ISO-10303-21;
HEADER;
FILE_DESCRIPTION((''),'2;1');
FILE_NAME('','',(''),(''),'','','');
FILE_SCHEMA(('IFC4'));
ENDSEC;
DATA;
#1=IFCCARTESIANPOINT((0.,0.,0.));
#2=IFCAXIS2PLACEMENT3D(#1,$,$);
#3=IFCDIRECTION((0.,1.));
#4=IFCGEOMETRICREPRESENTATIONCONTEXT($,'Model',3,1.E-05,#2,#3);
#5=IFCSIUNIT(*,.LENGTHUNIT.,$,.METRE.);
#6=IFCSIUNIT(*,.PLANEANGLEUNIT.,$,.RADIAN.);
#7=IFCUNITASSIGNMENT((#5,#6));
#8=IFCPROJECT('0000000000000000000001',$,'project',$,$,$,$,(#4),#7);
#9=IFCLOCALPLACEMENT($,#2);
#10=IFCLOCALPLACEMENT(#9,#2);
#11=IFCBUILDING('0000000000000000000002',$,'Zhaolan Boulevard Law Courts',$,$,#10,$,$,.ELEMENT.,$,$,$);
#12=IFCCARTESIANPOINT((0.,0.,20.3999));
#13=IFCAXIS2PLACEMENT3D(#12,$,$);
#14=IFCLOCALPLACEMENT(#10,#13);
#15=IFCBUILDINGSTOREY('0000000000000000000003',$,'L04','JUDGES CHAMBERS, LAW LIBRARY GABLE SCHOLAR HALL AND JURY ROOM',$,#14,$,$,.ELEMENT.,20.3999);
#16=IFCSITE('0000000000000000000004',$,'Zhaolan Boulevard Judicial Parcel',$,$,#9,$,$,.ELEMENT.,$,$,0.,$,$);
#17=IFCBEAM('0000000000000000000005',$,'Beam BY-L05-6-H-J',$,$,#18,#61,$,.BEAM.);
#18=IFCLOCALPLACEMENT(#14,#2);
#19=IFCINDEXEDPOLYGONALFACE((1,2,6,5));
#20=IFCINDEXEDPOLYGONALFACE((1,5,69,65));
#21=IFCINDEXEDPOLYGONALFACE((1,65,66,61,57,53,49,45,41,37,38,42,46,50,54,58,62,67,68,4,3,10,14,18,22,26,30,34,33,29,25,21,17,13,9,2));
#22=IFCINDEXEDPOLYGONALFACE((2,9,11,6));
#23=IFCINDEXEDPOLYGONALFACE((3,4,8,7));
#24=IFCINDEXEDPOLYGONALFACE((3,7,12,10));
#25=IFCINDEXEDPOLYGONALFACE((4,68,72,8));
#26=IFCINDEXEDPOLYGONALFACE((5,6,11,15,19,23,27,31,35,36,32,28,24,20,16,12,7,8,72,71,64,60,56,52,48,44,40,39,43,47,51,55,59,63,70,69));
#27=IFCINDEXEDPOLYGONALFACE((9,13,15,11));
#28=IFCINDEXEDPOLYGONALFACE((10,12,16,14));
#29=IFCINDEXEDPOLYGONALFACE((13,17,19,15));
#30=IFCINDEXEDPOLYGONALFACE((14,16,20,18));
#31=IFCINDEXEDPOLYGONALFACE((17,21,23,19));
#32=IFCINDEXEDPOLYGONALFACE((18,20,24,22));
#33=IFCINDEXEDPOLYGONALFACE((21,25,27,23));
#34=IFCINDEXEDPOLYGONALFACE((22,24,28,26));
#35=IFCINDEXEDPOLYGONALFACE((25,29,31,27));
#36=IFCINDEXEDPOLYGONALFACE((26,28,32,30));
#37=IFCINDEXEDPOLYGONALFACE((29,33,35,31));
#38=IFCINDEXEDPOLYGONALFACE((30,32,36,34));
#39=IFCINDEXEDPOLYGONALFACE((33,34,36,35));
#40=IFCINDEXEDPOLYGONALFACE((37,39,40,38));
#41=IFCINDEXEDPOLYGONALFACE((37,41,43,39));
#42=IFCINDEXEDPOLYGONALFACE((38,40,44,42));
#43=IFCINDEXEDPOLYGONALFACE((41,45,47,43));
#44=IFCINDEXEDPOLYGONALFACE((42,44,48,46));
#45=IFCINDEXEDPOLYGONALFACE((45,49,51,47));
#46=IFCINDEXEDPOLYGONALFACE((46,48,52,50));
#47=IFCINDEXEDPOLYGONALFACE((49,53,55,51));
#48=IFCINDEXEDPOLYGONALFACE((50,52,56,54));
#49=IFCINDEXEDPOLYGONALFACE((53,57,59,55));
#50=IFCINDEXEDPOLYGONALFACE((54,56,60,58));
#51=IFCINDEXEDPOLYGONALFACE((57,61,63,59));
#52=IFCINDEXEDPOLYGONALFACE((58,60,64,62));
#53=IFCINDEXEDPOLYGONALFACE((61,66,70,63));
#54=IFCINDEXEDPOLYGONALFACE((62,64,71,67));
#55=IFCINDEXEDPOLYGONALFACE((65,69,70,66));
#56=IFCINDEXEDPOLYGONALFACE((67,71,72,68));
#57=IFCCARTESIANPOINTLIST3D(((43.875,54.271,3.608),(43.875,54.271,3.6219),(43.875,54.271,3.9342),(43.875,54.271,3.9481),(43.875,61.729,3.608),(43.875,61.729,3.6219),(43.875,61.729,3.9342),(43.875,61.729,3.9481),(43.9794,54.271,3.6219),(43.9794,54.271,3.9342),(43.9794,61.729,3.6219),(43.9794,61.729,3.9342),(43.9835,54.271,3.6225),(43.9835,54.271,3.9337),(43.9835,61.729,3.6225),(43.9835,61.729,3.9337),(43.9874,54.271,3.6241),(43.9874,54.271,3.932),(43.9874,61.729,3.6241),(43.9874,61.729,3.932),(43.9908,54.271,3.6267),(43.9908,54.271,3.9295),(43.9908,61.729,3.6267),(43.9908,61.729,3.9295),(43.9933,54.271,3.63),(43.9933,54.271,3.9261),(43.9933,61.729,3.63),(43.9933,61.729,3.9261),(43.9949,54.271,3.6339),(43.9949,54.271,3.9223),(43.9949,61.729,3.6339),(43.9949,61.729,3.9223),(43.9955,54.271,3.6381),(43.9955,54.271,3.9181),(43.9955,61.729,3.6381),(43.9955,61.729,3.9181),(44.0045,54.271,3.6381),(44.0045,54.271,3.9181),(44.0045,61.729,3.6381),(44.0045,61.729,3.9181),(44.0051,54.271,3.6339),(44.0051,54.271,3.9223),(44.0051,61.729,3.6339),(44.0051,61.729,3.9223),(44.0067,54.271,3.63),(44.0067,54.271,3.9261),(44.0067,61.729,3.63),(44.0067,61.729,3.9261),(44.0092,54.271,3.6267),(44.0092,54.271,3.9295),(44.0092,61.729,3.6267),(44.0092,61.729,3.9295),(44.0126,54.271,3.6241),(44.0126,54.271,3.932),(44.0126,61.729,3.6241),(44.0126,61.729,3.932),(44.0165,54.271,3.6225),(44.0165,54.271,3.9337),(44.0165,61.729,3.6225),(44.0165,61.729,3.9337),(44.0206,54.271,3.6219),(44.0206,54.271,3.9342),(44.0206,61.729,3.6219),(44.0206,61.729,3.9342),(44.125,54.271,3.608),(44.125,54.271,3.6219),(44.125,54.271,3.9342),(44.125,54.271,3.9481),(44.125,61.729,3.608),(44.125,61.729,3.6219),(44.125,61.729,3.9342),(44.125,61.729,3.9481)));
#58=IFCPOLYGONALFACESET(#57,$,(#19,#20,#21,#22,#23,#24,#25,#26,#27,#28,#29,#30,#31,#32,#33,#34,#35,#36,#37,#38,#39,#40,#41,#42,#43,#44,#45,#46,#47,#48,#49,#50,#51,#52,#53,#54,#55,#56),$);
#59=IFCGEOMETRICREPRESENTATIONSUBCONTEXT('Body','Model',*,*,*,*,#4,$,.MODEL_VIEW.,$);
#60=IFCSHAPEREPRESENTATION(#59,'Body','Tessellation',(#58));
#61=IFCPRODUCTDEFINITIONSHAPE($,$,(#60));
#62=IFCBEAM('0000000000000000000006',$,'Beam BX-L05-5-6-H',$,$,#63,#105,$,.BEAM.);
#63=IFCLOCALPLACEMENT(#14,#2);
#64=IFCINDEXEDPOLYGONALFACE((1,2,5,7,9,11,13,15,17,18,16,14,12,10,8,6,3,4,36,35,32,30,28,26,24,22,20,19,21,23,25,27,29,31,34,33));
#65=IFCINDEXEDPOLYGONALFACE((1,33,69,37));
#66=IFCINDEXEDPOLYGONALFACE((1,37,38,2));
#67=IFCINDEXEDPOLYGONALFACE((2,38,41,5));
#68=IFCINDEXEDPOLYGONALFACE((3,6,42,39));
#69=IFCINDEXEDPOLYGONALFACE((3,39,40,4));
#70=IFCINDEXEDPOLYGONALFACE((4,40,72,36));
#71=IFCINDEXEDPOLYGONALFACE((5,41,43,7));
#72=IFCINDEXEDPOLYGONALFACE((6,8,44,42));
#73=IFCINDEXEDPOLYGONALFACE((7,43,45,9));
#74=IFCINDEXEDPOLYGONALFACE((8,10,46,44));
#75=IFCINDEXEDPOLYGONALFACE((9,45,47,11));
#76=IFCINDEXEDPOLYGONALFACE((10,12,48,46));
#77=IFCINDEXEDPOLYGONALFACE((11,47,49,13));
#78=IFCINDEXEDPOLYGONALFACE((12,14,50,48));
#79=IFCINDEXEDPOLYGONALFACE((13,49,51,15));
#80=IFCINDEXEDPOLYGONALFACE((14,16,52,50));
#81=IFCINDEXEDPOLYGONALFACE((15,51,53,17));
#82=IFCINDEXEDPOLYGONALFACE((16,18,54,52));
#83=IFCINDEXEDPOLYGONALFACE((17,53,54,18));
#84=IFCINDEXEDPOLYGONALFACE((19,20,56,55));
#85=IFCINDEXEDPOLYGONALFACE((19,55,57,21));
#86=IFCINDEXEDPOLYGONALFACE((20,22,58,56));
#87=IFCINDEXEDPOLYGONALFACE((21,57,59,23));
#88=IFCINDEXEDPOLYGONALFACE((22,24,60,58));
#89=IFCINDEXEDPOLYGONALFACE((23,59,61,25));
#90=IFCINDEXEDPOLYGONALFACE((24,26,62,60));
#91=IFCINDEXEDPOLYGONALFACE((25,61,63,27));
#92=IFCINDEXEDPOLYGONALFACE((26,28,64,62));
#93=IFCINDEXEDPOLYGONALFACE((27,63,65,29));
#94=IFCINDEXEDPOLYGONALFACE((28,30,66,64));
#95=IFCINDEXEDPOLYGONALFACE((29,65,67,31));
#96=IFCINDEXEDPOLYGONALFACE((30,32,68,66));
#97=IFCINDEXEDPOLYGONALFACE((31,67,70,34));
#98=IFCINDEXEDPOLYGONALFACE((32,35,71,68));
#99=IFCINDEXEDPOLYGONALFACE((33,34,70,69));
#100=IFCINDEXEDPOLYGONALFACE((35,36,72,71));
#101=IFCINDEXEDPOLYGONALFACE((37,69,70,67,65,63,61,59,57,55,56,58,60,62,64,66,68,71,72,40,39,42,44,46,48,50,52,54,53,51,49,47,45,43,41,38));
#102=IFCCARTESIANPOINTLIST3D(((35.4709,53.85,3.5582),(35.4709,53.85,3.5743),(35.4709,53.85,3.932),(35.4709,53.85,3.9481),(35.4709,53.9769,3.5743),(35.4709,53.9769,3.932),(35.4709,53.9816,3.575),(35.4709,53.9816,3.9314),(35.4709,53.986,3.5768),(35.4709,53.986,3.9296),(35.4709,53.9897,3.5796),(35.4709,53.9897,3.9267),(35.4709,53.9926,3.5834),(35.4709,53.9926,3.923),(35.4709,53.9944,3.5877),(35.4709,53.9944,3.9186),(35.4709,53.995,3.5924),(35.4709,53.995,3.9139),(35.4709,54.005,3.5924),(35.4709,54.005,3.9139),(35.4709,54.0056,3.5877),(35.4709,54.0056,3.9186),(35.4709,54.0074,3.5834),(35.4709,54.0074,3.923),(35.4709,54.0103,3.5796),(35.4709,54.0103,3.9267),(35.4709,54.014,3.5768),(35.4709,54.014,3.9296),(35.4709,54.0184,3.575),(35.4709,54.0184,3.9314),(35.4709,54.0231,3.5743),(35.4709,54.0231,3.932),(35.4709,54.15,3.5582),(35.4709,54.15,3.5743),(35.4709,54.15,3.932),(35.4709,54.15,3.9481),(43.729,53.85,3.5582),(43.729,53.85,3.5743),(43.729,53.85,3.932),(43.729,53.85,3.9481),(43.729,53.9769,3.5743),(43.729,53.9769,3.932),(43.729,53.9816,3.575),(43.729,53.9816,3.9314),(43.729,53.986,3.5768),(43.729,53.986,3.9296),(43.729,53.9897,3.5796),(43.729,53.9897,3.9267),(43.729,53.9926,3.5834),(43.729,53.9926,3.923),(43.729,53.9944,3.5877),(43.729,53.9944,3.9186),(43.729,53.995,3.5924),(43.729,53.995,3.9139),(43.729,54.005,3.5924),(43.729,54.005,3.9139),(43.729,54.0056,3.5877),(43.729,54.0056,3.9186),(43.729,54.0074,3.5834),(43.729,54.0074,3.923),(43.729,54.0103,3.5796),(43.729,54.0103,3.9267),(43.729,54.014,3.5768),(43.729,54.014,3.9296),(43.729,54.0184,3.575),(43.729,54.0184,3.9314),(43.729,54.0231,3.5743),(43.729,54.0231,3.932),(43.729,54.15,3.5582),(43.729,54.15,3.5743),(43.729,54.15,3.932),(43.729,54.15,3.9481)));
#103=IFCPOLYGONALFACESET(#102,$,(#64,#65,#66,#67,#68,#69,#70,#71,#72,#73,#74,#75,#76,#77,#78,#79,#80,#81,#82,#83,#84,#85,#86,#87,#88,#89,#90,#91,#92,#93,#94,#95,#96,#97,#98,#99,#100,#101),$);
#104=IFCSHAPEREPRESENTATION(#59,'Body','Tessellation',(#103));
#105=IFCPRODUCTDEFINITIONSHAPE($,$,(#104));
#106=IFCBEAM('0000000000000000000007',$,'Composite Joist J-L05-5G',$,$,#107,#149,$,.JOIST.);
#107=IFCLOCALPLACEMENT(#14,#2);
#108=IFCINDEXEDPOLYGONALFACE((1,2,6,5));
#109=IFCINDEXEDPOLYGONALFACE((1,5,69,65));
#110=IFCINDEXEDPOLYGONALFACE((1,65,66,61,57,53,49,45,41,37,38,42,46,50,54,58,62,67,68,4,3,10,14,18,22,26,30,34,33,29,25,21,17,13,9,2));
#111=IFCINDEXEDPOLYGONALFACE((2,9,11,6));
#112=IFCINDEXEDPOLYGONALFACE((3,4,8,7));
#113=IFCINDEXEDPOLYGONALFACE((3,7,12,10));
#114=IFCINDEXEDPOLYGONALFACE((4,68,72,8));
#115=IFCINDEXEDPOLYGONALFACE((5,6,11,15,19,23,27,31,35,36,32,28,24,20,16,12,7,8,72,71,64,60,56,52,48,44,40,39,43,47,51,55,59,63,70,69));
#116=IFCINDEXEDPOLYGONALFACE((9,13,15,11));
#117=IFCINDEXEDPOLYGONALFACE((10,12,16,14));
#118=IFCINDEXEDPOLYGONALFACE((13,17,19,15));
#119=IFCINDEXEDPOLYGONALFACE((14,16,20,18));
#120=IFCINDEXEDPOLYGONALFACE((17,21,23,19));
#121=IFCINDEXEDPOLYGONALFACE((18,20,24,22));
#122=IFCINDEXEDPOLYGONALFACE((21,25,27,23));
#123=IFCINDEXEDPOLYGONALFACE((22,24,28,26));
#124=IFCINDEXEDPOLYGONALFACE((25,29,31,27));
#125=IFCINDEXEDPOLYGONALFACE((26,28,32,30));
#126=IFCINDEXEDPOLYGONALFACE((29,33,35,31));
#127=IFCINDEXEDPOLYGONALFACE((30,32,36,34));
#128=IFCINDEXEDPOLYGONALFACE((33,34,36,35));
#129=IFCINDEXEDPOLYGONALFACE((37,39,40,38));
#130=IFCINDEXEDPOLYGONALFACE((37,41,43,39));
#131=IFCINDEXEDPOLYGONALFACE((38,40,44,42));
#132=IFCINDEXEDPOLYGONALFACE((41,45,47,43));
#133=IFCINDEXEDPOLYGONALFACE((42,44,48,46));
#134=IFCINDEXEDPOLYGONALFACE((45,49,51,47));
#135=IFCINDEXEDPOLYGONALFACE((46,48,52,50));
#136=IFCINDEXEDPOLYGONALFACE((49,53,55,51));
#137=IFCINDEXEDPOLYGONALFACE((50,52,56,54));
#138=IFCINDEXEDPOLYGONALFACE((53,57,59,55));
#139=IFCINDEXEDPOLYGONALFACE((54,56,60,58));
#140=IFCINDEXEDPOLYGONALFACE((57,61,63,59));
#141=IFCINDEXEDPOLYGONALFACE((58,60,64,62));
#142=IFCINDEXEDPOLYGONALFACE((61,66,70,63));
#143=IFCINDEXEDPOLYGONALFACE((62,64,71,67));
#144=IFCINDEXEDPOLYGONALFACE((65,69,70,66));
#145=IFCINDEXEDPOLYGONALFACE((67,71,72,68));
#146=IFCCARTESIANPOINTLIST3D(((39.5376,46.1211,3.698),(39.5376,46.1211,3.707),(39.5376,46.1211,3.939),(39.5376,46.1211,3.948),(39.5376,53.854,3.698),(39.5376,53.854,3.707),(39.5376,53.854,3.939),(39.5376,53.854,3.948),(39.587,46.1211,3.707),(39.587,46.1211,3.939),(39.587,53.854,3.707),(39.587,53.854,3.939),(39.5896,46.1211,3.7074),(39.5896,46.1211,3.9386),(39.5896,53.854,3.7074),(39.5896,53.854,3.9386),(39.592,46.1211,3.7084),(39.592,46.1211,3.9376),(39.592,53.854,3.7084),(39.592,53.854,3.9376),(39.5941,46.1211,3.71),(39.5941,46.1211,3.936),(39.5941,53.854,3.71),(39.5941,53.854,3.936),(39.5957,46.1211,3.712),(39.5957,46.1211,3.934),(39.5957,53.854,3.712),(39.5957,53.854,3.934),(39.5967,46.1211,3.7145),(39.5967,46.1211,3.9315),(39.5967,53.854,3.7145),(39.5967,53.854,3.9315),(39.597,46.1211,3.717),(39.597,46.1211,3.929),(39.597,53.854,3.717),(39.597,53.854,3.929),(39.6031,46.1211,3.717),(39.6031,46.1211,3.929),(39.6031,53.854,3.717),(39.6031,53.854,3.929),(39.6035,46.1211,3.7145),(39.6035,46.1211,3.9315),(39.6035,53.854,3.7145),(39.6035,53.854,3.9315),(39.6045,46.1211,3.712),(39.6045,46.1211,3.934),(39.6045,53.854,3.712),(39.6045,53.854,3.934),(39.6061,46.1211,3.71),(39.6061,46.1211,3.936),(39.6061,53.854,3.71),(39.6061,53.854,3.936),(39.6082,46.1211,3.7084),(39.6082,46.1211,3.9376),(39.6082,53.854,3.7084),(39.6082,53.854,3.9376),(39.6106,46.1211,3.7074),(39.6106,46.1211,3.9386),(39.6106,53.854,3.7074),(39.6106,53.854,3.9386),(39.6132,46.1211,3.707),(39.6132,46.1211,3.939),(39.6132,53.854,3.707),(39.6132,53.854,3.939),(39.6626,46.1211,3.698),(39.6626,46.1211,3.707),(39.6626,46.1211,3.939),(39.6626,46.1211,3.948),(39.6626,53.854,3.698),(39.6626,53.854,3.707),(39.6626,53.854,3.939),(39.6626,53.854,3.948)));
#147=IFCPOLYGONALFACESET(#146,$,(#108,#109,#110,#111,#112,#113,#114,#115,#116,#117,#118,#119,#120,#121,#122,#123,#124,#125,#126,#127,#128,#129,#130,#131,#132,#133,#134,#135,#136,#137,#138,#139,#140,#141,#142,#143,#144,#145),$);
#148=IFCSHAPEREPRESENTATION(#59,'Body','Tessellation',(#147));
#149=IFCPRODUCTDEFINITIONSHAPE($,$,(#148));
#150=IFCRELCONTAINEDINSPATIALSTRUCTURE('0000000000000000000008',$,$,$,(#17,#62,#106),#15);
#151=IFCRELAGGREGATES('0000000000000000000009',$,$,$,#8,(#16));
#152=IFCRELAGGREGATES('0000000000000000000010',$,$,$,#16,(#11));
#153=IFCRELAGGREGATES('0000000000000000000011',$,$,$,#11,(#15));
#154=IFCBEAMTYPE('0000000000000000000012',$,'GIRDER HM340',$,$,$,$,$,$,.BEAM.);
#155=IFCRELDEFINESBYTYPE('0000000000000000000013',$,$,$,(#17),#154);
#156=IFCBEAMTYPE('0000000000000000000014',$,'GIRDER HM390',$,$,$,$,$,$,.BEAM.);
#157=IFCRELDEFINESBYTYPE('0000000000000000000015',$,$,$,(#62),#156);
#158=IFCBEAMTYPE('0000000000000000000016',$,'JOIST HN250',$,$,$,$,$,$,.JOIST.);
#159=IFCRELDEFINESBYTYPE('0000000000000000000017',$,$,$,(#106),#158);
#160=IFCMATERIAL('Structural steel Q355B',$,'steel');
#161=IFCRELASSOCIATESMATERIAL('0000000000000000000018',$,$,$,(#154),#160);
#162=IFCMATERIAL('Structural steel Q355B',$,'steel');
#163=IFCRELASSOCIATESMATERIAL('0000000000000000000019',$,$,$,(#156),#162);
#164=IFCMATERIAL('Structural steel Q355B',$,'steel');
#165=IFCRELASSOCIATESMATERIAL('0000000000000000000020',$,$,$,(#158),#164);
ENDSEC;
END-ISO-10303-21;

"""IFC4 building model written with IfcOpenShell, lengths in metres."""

from ifc_helpers import new_model, si_unit, direction, frame, origin, origin_2d, place, context, subcontext, project, spatial, i_section, extrude, material, material_profile, profile_set, type_object, element, save


model = new_model("IFC4")

# Units and contexts
model_context = context("Model", 3, precision=1e-05, world=origin(), true_north=direction((0.0, 1.0)))
body_context = subcontext(model_context, "Body", "Model", "MODEL_VIEW")
ifc_project = project(units=[si_unit("LENGTHUNIT", "METRE"), si_unit("PLANEANGLEUNIT", "RADIAN")], contexts=[model_context])

# Site, building, storey
site_placement = place(None, origin())
site = spatial("IfcSite", under=ifc_project, at=site_placement, Name="Zhaolan Boulevard Judicial Parcel", CompositionType="ELEMENT", RefElevation=0.0)
building_placement = place(site_placement, origin())
building = spatial("IfcBuilding", under=site, at=building_placement, Name="Zhaolan Boulevard Law Courts", CompositionType="ELEMENT")
storey_placement = place(building_placement, frame((0.0, 0.0, 20.3999)))
storey = spatial("IfcBuildingStorey", under=building, at=storey_placement, Name="L04", Description="JUDGES CHAMBERS, LAW LIBRARY GABLE SCHOLAR HALL AND JURY ROOM", CompositionType="ELEMENT", Elevation=20.3999)

# Beams
ifc_material_1 = material(Name="Structural steel Q355B", Category="steel")
ifc_material_profile_1 = material_profile(ifc_material_1, i_section(OverallWidth=0.25, OverallDepth=0.3401, WebThickness=0.009, FlangeThickness=0.0139, FilletRadius=0.0161, at=origin_2d()), Name="HM340x250")
ifc_profile_set_1 = profile_set([ifc_material_profile_1], Name="Structural steel Q355B")
beam_type_1 = type_object("IfcBeamType", Name="GIRDER HM340", PredefinedType="BEAM", material=ifc_profile_set_1)
for number, where, z_axis, x_axis, name in (
    (1, (44.0, 54.271, 3.7781), (0.0, 1.0, 0.0), (-1.0, 0.0, 0.0), "Beam BY-L05-6-H-J"),
):
    element("IfcBeam", number, at=place(storey_placement, frame(where, z_axis=z_axis, x_axis=x_axis)), inside=storey, type_object=beam_type_1, Name=name, PredefinedType="BEAM", context=body_context, shape_type="SweptSolid", body=[
        extrude(i_section(OverallWidth=0.25, OverallDepth=0.3401, WebThickness=0.009, FlangeThickness=0.0139, FilletRadius=0.0161, at=origin_2d()), origin(), (0.0, 0.0, 1.0), 7.458),
    ])
ifc_material_2 = material(Name="Structural steel Q355B", Category="steel")
ifc_material_profile_2 = material_profile(ifc_material_2, i_section(OverallWidth=0.3, OverallDepth=0.3899, WebThickness=0.01, FlangeThickness=0.0161, FilletRadius=0.0181, at=origin_2d()), Name="HM390x300")
ifc_profile_set_2 = profile_set([ifc_material_profile_2], Name="Structural steel Q355B")
beam_type_2 = type_object("IfcBeamType", Name="GIRDER HM390", PredefinedType="BEAM", material=ifc_profile_set_2)
beam_1_placement = place(storey_placement, frame((35.4709, 54.0, 3.7532), z_axis=(1.0, 0.0, 0.0), x_axis=(0.0, 1.0, 0.0)))
element("IfcBeam", 2, at=beam_1_placement, inside=storey, type_object=beam_type_2, Name="Beam BX-L05-5-6-H", PredefinedType="BEAM", context=body_context, shape_type="SweptSolid", body=[
    extrude(i_section(OverallWidth=0.3, OverallDepth=0.3899, WebThickness=0.01, FlangeThickness=0.0161, FilletRadius=0.0181, at=origin_2d()), origin(), (0.0, 0.0, 1.0), 8.2581),
])
ifc_material_3 = material(Name="Structural steel Q355B", Category="steel")
ifc_material_profile_3 = material_profile(ifc_material_3, i_section(OverallWidth=0.125, OverallDepth=0.25, WebThickness=0.0061, FlangeThickness=0.009, FilletRadius=0.01, at=origin_2d()), Name="HN250x125")
ifc_profile_set_3 = profile_set([ifc_material_profile_3], Name="Structural steel Q355B")
beam_type_3 = type_object("IfcBeamType", Name="JOIST HN250", PredefinedType="JOIST", material=ifc_profile_set_3)
beam_2_placement = place(storey_placement, frame((39.6001, 46.1211, 3.823), z_axis=(0.0, 1.0, 0.0), x_axis=(-1.0, 0.0, 0.0)))
element("IfcBeam", 3, at=beam_2_placement, inside=storey, type_object=beam_type_3, Name="Composite Joist J-L05-5G", PredefinedType="JOIST", context=body_context, shape_type="SweptSolid", body=[
    extrude(i_section(OverallWidth=0.125, OverallDepth=0.25, WebThickness=0.0061, FlangeThickness=0.009, FilletRadius=0.01, at=origin_2d()), origin(), (0.0, 0.0, 1.0), 7.7329),
])

save(model, "model.ifc")
